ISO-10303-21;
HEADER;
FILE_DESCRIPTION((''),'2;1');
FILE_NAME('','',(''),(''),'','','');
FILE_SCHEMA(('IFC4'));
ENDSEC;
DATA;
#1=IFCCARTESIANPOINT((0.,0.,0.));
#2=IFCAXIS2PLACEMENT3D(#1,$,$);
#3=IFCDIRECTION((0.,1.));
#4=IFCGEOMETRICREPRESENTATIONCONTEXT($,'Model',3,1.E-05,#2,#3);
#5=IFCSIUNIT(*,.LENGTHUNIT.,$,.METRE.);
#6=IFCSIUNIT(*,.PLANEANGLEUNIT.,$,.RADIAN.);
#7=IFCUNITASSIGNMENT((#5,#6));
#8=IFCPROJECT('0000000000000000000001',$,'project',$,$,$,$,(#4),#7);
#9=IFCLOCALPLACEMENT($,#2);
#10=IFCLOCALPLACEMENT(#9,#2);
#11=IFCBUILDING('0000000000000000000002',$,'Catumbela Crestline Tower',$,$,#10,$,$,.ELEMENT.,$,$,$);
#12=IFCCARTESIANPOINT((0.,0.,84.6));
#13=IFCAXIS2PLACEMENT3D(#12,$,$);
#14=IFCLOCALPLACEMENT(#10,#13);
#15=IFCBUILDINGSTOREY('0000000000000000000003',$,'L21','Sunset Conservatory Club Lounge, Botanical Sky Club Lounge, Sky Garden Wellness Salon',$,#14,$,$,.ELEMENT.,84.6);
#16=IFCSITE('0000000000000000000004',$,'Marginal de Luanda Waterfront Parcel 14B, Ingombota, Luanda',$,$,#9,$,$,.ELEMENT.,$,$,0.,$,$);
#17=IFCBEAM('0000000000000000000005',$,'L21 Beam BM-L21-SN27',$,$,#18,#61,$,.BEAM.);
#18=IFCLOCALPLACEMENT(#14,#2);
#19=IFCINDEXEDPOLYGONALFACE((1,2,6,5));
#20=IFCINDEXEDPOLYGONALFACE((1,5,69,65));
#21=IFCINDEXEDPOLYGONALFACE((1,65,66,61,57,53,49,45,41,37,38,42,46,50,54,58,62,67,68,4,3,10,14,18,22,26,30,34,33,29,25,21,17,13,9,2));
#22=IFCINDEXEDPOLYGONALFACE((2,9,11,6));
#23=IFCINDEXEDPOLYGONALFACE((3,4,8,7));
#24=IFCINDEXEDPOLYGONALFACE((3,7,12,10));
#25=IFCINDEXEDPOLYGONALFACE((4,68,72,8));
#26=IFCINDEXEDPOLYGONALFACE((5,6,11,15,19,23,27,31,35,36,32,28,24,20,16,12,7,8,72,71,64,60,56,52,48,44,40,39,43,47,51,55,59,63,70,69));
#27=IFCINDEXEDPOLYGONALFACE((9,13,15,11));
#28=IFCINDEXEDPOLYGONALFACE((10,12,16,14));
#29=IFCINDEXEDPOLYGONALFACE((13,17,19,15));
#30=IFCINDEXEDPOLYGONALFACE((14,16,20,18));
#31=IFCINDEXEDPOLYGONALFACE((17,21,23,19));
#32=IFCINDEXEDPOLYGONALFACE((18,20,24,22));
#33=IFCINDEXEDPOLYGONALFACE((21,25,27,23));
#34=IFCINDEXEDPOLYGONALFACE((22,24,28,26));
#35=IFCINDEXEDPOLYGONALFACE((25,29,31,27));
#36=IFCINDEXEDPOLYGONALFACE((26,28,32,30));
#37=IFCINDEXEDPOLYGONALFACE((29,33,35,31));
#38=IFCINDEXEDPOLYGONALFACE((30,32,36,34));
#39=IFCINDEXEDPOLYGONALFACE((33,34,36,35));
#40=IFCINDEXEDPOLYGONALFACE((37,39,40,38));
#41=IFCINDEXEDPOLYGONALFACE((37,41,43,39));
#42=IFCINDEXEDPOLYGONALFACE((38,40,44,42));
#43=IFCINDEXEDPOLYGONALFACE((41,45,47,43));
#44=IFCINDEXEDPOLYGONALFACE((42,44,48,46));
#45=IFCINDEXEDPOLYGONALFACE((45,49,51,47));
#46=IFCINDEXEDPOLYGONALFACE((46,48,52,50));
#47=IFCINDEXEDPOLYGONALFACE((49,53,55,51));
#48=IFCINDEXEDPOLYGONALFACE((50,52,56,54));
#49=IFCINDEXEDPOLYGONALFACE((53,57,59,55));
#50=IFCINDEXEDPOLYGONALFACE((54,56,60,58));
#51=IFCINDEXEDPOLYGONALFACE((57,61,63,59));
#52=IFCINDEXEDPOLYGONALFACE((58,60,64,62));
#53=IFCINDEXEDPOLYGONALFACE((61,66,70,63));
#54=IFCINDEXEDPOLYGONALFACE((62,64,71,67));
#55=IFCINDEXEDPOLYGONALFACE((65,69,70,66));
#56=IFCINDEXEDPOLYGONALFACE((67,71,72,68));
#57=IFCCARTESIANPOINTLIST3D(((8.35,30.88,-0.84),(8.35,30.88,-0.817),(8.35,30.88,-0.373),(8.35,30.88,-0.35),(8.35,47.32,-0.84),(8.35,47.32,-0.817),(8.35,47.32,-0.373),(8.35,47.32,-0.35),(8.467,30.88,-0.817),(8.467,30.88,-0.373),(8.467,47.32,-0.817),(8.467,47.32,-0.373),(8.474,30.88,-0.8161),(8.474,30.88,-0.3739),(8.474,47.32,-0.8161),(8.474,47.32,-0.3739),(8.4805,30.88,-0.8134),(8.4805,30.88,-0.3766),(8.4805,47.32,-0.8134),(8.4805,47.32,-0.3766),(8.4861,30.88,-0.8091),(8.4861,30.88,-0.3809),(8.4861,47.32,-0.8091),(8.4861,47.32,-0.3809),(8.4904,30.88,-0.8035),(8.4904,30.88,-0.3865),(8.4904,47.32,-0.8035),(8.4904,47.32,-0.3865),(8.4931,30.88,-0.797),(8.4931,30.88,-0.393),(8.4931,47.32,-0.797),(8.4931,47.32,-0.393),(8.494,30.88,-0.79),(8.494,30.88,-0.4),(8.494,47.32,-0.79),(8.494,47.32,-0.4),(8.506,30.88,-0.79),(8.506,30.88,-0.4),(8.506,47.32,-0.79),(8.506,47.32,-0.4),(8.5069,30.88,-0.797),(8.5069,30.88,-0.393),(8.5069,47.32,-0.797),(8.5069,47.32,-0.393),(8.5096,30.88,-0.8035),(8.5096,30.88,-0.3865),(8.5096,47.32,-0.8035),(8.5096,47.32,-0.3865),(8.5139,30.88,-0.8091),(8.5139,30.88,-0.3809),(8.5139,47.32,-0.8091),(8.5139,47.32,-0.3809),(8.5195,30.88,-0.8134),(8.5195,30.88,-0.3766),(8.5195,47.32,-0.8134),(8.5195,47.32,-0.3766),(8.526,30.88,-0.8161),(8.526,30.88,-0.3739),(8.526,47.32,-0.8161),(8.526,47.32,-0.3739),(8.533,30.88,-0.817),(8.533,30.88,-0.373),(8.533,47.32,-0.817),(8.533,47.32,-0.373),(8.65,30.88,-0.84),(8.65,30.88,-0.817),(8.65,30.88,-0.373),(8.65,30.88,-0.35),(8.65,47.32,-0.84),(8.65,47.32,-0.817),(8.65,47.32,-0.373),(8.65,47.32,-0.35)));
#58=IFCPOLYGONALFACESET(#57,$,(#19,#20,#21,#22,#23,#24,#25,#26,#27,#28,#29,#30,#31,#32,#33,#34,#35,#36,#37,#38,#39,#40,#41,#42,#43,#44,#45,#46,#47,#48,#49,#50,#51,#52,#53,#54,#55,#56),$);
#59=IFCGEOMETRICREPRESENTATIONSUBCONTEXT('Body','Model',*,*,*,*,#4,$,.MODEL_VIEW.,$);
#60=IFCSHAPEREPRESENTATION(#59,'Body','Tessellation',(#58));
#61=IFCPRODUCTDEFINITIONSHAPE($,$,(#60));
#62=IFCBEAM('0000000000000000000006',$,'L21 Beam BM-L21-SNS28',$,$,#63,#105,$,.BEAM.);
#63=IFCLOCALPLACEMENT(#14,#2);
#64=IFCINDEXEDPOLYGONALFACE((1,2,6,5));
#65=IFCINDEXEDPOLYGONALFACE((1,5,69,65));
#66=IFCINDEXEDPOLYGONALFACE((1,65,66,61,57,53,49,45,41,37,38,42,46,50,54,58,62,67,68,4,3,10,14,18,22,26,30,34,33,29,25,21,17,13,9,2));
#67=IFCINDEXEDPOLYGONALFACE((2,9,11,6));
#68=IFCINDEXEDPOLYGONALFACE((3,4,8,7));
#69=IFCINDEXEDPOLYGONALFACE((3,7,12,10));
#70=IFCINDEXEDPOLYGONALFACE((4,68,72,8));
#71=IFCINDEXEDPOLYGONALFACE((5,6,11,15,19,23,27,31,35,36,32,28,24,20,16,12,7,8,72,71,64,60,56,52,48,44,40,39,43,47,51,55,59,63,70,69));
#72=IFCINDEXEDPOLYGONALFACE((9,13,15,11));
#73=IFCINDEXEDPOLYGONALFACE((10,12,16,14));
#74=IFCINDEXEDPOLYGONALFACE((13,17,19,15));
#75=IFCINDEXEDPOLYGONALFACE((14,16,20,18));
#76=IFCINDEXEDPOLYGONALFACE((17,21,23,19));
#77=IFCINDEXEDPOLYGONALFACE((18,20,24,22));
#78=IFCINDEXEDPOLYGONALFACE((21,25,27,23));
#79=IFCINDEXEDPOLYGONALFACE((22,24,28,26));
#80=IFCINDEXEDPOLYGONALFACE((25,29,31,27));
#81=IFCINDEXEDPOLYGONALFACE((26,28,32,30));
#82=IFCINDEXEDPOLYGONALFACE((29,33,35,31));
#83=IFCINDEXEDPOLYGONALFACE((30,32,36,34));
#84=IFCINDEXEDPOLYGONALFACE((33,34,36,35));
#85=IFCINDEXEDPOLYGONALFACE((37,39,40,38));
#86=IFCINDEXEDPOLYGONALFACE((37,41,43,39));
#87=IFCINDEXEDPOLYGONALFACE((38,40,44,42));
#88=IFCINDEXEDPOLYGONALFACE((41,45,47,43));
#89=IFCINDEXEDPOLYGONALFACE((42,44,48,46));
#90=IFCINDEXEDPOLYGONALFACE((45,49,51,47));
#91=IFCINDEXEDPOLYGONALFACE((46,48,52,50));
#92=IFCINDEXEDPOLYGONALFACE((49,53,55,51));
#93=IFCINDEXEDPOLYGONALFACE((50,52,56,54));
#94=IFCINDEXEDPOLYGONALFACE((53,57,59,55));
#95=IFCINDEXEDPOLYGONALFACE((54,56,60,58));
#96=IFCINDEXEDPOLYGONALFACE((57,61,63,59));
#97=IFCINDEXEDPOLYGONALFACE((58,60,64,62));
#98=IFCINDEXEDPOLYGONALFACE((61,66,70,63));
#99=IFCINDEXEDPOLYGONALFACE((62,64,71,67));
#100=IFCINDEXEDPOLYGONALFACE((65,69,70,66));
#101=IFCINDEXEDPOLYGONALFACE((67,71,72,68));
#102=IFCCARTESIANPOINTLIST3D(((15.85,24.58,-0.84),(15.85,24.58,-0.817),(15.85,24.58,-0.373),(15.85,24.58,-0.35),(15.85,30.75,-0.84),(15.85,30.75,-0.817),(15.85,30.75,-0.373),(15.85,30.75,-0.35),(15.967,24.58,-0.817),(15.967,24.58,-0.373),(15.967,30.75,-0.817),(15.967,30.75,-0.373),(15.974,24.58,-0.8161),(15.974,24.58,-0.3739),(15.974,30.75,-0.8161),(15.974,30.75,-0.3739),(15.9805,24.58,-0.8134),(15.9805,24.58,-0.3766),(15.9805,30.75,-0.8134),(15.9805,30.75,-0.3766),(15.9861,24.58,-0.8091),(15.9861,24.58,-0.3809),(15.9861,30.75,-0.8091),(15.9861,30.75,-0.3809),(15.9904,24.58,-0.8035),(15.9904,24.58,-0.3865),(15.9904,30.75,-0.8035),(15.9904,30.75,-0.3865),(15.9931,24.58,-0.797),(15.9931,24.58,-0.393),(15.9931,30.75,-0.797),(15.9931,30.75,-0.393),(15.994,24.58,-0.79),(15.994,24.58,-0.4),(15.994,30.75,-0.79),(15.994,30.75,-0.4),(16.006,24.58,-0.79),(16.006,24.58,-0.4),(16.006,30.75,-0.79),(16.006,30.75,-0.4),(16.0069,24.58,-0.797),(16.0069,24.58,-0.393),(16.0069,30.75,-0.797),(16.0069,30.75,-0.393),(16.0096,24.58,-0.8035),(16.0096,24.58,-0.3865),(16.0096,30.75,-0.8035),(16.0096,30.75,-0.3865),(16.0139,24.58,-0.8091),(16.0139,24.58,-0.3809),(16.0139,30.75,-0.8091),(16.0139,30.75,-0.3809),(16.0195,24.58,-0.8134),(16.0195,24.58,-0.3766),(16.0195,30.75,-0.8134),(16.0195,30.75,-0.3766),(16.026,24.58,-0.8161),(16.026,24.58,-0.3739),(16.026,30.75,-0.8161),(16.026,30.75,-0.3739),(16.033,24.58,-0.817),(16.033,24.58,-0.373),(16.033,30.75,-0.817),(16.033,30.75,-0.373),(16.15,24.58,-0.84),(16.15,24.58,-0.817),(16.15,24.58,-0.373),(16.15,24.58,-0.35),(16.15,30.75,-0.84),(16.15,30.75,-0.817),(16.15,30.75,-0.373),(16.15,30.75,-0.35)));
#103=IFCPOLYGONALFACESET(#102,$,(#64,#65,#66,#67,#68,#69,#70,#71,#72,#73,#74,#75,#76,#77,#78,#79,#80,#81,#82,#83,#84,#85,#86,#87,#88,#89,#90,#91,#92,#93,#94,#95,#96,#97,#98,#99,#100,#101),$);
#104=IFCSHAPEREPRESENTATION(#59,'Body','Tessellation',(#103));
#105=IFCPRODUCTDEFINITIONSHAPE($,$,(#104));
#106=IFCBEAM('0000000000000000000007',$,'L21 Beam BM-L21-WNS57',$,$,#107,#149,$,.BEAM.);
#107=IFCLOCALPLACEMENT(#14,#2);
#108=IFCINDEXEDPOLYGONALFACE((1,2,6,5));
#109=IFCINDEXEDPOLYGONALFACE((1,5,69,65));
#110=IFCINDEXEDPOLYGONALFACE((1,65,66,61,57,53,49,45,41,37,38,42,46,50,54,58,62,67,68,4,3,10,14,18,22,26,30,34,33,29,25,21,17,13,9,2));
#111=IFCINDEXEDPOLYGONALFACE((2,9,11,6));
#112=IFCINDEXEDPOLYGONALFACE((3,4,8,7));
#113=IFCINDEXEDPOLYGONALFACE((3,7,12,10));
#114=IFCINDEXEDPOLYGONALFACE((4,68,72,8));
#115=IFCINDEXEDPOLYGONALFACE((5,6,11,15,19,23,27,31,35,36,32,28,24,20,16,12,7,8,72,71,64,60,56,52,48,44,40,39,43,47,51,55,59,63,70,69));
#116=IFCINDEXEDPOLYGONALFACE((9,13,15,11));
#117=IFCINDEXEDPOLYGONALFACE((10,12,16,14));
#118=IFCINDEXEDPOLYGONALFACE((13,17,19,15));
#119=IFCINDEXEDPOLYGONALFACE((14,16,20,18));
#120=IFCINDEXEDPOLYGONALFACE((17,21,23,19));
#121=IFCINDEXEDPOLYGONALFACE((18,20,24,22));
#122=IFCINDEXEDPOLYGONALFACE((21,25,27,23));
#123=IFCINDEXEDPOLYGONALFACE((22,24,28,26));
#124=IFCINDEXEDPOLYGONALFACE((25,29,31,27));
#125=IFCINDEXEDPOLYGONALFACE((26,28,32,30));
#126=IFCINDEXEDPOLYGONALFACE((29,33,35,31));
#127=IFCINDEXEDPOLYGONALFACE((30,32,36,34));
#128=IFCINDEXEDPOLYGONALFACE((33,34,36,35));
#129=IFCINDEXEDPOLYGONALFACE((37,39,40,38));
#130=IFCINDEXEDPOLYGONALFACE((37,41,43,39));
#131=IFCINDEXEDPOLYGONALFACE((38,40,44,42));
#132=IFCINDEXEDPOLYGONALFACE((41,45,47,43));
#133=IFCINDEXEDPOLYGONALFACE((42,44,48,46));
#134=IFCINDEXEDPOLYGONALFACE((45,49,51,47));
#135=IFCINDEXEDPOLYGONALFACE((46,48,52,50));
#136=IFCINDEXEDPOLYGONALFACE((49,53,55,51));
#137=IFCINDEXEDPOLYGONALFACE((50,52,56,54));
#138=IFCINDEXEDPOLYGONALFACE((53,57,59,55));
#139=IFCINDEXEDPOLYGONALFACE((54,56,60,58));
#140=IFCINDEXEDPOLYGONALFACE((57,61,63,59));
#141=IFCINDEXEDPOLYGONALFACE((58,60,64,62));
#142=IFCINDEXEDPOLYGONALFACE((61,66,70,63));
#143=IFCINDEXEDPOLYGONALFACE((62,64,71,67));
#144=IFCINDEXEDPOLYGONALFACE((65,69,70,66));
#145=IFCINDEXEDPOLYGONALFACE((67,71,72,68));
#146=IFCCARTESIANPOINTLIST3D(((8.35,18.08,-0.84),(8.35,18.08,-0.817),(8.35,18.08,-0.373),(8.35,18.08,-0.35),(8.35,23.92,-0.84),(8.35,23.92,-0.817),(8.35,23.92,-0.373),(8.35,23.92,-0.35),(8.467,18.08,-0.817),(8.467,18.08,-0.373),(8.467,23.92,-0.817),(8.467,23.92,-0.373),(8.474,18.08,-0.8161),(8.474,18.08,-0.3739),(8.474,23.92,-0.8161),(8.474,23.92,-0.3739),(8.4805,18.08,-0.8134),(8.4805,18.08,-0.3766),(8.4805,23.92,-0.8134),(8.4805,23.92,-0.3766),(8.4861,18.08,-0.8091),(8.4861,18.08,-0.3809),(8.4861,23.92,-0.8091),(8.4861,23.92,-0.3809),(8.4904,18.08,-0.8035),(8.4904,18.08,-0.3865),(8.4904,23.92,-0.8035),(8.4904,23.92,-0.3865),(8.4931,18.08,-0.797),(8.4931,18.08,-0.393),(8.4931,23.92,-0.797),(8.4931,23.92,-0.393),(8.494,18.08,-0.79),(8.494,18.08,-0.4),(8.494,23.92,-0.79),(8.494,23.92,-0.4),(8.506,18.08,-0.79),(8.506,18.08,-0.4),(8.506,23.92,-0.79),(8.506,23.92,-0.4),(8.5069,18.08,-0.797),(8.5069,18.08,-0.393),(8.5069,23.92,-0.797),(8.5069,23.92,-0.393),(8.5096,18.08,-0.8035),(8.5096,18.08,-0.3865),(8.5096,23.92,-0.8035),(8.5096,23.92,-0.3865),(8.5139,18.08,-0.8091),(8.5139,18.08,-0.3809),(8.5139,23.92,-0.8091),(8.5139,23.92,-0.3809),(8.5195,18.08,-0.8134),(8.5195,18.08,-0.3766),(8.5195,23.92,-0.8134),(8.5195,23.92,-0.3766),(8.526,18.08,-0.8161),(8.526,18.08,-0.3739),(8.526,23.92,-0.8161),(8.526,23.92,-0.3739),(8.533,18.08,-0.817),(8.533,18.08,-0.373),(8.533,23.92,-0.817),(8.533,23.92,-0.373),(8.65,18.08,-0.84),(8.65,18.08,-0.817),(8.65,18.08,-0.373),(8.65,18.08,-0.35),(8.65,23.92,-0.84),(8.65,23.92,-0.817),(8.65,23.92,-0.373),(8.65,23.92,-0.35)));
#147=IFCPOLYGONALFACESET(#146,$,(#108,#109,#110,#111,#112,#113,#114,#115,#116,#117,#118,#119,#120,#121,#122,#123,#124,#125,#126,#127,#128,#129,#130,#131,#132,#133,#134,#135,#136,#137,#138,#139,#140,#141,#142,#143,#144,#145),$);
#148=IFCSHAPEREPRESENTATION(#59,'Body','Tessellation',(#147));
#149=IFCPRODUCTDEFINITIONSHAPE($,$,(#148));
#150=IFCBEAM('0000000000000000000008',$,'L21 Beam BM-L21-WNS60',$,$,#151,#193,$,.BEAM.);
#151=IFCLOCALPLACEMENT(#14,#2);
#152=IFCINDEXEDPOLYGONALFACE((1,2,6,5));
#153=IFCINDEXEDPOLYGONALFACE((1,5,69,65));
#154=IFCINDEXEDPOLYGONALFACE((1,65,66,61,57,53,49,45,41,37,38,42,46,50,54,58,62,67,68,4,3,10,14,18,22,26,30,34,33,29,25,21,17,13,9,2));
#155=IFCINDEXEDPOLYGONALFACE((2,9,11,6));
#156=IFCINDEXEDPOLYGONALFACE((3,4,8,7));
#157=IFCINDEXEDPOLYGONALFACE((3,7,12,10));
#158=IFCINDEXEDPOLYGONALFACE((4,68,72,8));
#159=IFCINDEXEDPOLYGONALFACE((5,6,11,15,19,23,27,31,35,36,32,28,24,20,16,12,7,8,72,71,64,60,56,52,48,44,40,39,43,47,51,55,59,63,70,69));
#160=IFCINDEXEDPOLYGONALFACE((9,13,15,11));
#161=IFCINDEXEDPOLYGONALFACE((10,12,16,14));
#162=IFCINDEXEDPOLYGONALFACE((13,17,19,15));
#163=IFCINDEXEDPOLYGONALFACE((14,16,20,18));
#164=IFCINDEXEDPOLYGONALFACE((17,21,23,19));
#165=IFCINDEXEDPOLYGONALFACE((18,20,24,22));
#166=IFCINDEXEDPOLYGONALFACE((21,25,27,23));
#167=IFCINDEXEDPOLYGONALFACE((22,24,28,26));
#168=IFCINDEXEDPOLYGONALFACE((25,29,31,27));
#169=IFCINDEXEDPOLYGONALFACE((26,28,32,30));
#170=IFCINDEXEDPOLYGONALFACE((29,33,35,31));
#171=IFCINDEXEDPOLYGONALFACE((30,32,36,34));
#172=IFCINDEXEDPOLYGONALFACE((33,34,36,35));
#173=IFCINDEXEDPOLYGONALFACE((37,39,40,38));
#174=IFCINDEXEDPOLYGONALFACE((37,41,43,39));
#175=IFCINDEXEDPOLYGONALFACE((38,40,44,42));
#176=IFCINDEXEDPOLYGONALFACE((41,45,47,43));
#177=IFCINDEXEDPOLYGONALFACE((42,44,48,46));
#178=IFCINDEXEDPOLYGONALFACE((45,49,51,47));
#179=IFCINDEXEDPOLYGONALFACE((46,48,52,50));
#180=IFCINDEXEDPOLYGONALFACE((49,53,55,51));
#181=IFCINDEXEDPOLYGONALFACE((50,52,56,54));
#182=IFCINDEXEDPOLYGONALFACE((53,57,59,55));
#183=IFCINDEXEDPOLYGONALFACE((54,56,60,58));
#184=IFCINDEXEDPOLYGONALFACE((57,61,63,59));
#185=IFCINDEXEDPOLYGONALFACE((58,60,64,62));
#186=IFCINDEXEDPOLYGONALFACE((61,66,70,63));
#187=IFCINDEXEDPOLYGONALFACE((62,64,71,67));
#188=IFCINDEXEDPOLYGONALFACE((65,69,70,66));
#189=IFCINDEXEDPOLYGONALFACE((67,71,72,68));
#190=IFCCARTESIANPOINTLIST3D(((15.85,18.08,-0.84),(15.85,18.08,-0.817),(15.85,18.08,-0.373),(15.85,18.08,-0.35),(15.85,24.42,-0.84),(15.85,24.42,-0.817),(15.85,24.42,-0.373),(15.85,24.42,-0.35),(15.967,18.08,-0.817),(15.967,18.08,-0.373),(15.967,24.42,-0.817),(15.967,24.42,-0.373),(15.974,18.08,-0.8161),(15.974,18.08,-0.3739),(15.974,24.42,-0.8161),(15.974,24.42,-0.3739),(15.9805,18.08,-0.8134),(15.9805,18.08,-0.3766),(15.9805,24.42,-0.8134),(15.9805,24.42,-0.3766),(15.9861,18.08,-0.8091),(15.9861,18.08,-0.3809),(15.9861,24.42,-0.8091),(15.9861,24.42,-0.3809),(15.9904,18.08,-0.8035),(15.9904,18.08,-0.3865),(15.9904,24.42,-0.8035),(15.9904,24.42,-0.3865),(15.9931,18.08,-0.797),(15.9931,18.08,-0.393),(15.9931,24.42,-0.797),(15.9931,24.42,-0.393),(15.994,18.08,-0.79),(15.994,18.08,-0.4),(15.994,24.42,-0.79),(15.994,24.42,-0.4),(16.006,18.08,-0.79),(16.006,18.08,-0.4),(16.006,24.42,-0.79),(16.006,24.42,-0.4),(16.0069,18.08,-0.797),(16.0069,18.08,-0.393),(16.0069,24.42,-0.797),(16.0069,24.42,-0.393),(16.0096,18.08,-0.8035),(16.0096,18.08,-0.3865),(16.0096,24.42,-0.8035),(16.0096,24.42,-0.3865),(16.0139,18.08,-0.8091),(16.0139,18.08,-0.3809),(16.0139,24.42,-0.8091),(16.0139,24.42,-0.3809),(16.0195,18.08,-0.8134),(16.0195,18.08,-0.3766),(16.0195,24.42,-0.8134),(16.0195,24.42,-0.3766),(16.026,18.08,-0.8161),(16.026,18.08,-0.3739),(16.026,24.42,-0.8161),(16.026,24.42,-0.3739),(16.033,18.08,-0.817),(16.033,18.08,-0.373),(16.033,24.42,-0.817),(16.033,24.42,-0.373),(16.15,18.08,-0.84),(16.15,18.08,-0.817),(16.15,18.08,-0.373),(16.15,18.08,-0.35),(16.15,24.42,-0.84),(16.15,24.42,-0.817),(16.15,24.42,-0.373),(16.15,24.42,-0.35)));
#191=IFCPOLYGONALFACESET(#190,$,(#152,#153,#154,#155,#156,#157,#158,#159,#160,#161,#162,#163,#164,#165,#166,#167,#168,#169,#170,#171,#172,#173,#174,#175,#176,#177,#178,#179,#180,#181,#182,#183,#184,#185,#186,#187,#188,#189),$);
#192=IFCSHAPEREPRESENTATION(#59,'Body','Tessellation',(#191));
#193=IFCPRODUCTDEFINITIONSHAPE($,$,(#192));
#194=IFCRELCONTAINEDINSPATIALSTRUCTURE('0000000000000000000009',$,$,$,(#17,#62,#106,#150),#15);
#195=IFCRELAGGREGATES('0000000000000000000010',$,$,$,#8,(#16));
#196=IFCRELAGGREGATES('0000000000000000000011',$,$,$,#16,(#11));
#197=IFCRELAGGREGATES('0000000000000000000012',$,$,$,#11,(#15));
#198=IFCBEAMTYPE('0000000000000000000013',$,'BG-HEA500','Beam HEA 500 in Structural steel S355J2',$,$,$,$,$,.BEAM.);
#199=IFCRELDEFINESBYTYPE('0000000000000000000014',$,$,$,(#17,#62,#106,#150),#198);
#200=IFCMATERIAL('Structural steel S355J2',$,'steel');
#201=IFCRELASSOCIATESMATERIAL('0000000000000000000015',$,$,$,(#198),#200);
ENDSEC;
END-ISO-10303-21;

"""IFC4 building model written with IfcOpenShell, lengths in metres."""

from ifc_helpers import new_model, si_unit, direction, frame, origin, origin_2d, place, context, subcontext, project, spatial, i_section, extrude, material, material_profile, profile_set, type_object, element, save


model = new_model("IFC4")

# Units and contexts
model_context = context("Model", 3, precision=1e-05, world=origin(), true_north=direction((0.0, 1.0)))
body_context = subcontext(model_context, "Body", "Model", "MODEL_VIEW")
ifc_project = project(units=[si_unit("LENGTHUNIT", "METRE"), si_unit("PLANEANGLEUNIT", "RADIAN")], contexts=[model_context])

# Site, building, storey
site_placement = place(None, origin())
site = spatial("IfcSite", under=ifc_project, at=site_placement, Name="Marginal de Luanda Waterfront Parcel 14B, Ingombota, Luanda", CompositionType="ELEMENT", RefElevation=0.0)
building_placement = place(site_placement, origin())
building = spatial("IfcBuilding", under=site, at=building_placement, Name="Catumbela Crestline Tower", CompositionType="ELEMENT")
storey_placement = place(building_placement, frame((0.0, 0.0, 84.6)))
storey = spatial("IfcBuildingStorey", under=building, at=storey_placement, Name="L21", Description="Sunset Conservatory Club Lounge, Botanical Sky Club Lounge, Sky Garden Wellness Salon", CompositionType="ELEMENT", Elevation=84.6)

# Beams
ifc_material_1 = material(Name="Structural steel S355J2", Category="steel")
ifc_material_profile_1 = material_profile(ifc_material_1, i_section(OverallWidth=0.3, OverallDepth=0.49, WebThickness=0.012, FlangeThickness=0.023, FilletRadius=0.027, at=origin_2d()), Name="HEA 500")
ifc_profile_set_1 = profile_set([ifc_material_profile_1], Name="Structural steel S355J2")
beam_type_1 = type_object("IfcBeamType", Name="BG-HEA500", Description="Beam HEA 500 in Structural steel S355J2", PredefinedType="BEAM", material=ifc_profile_set_1)
beam_1_placement = place(storey_placement, frame((8.5, 30.88, -0.595), z_axis=(0.0, 1.0, 0.0), x_axis=(-1.0, 0.0, 0.0)))
element("IfcBeam", 1, at=beam_1_placement, inside=storey, type_object=beam_type_1, Name="L21 Beam BM-L21-SN27", PredefinedType="BEAM", context=body_context, shape_type="SweptSolid", body=[
    extrude(i_section(OverallWidth=0.3, OverallDepth=0.49, WebThickness=0.012, FlangeThickness=0.023, FilletRadius=0.027, at=origin_2d()), origin(), (0.0, 0.0, 1.0), 16.44),
])
beam_2_placement = place(storey_placement, frame((16.0, 24.58, -0.595), z_axis=(0.0, 1.0, 0.0), x_axis=(-1.0, 0.0, 0.0)))
element("IfcBeam", 2, at=beam_2_placement, inside=storey, type_object=beam_type_1, Name="L21 Beam BM-L21-SNS28", PredefinedType="BEAM", context=body_context, shape_type="SweptSolid", body=[
    extrude(i_section(OverallWidth=0.3, OverallDepth=0.49, WebThickness=0.012, FlangeThickness=0.023, FilletRadius=0.027, at=origin_2d()), origin(), (0.0, 0.0, 1.0), 6.17),
])
beam_3_placement = place(storey_placement, frame((8.5, 18.08, -0.595), z_axis=(0.0, 1.0, 0.0), x_axis=(-1.0, 0.0, 0.0)))
element("IfcBeam", 3, at=beam_3_placement, inside=storey, type_object=beam_type_1, Name="L21 Beam BM-L21-WNS57", PredefinedType="BEAM", context=body_context, shape_type="SweptSolid", body=[
    extrude(i_section(OverallWidth=0.3, OverallDepth=0.49, WebThickness=0.012, FlangeThickness=0.023, FilletRadius=0.027, at=origin_2d()), origin(), (0.0, 0.0, 1.0), 5.84),
])
beam_4_placement = place(storey_placement, frame((16.0, 18.08, -0.595), z_axis=(0.0, 1.0, 0.0), x_axis=(-1.0, 0.0, 0.0)))
element("IfcBeam", 4, at=beam_4_placement, inside=storey, type_object=beam_type_1, Name="L21 Beam BM-L21-WNS60", PredefinedType="BEAM", context=body_context, shape_type="SweptSolid", body=[
    extrude(i_section(OverallWidth=0.3, OverallDepth=0.49, WebThickness=0.012, FlangeThickness=0.023, FilletRadius=0.027, at=origin_2d()), origin(), (0.0, 0.0, 1.0), 6.34),
])

save(model, "model.ifc")
